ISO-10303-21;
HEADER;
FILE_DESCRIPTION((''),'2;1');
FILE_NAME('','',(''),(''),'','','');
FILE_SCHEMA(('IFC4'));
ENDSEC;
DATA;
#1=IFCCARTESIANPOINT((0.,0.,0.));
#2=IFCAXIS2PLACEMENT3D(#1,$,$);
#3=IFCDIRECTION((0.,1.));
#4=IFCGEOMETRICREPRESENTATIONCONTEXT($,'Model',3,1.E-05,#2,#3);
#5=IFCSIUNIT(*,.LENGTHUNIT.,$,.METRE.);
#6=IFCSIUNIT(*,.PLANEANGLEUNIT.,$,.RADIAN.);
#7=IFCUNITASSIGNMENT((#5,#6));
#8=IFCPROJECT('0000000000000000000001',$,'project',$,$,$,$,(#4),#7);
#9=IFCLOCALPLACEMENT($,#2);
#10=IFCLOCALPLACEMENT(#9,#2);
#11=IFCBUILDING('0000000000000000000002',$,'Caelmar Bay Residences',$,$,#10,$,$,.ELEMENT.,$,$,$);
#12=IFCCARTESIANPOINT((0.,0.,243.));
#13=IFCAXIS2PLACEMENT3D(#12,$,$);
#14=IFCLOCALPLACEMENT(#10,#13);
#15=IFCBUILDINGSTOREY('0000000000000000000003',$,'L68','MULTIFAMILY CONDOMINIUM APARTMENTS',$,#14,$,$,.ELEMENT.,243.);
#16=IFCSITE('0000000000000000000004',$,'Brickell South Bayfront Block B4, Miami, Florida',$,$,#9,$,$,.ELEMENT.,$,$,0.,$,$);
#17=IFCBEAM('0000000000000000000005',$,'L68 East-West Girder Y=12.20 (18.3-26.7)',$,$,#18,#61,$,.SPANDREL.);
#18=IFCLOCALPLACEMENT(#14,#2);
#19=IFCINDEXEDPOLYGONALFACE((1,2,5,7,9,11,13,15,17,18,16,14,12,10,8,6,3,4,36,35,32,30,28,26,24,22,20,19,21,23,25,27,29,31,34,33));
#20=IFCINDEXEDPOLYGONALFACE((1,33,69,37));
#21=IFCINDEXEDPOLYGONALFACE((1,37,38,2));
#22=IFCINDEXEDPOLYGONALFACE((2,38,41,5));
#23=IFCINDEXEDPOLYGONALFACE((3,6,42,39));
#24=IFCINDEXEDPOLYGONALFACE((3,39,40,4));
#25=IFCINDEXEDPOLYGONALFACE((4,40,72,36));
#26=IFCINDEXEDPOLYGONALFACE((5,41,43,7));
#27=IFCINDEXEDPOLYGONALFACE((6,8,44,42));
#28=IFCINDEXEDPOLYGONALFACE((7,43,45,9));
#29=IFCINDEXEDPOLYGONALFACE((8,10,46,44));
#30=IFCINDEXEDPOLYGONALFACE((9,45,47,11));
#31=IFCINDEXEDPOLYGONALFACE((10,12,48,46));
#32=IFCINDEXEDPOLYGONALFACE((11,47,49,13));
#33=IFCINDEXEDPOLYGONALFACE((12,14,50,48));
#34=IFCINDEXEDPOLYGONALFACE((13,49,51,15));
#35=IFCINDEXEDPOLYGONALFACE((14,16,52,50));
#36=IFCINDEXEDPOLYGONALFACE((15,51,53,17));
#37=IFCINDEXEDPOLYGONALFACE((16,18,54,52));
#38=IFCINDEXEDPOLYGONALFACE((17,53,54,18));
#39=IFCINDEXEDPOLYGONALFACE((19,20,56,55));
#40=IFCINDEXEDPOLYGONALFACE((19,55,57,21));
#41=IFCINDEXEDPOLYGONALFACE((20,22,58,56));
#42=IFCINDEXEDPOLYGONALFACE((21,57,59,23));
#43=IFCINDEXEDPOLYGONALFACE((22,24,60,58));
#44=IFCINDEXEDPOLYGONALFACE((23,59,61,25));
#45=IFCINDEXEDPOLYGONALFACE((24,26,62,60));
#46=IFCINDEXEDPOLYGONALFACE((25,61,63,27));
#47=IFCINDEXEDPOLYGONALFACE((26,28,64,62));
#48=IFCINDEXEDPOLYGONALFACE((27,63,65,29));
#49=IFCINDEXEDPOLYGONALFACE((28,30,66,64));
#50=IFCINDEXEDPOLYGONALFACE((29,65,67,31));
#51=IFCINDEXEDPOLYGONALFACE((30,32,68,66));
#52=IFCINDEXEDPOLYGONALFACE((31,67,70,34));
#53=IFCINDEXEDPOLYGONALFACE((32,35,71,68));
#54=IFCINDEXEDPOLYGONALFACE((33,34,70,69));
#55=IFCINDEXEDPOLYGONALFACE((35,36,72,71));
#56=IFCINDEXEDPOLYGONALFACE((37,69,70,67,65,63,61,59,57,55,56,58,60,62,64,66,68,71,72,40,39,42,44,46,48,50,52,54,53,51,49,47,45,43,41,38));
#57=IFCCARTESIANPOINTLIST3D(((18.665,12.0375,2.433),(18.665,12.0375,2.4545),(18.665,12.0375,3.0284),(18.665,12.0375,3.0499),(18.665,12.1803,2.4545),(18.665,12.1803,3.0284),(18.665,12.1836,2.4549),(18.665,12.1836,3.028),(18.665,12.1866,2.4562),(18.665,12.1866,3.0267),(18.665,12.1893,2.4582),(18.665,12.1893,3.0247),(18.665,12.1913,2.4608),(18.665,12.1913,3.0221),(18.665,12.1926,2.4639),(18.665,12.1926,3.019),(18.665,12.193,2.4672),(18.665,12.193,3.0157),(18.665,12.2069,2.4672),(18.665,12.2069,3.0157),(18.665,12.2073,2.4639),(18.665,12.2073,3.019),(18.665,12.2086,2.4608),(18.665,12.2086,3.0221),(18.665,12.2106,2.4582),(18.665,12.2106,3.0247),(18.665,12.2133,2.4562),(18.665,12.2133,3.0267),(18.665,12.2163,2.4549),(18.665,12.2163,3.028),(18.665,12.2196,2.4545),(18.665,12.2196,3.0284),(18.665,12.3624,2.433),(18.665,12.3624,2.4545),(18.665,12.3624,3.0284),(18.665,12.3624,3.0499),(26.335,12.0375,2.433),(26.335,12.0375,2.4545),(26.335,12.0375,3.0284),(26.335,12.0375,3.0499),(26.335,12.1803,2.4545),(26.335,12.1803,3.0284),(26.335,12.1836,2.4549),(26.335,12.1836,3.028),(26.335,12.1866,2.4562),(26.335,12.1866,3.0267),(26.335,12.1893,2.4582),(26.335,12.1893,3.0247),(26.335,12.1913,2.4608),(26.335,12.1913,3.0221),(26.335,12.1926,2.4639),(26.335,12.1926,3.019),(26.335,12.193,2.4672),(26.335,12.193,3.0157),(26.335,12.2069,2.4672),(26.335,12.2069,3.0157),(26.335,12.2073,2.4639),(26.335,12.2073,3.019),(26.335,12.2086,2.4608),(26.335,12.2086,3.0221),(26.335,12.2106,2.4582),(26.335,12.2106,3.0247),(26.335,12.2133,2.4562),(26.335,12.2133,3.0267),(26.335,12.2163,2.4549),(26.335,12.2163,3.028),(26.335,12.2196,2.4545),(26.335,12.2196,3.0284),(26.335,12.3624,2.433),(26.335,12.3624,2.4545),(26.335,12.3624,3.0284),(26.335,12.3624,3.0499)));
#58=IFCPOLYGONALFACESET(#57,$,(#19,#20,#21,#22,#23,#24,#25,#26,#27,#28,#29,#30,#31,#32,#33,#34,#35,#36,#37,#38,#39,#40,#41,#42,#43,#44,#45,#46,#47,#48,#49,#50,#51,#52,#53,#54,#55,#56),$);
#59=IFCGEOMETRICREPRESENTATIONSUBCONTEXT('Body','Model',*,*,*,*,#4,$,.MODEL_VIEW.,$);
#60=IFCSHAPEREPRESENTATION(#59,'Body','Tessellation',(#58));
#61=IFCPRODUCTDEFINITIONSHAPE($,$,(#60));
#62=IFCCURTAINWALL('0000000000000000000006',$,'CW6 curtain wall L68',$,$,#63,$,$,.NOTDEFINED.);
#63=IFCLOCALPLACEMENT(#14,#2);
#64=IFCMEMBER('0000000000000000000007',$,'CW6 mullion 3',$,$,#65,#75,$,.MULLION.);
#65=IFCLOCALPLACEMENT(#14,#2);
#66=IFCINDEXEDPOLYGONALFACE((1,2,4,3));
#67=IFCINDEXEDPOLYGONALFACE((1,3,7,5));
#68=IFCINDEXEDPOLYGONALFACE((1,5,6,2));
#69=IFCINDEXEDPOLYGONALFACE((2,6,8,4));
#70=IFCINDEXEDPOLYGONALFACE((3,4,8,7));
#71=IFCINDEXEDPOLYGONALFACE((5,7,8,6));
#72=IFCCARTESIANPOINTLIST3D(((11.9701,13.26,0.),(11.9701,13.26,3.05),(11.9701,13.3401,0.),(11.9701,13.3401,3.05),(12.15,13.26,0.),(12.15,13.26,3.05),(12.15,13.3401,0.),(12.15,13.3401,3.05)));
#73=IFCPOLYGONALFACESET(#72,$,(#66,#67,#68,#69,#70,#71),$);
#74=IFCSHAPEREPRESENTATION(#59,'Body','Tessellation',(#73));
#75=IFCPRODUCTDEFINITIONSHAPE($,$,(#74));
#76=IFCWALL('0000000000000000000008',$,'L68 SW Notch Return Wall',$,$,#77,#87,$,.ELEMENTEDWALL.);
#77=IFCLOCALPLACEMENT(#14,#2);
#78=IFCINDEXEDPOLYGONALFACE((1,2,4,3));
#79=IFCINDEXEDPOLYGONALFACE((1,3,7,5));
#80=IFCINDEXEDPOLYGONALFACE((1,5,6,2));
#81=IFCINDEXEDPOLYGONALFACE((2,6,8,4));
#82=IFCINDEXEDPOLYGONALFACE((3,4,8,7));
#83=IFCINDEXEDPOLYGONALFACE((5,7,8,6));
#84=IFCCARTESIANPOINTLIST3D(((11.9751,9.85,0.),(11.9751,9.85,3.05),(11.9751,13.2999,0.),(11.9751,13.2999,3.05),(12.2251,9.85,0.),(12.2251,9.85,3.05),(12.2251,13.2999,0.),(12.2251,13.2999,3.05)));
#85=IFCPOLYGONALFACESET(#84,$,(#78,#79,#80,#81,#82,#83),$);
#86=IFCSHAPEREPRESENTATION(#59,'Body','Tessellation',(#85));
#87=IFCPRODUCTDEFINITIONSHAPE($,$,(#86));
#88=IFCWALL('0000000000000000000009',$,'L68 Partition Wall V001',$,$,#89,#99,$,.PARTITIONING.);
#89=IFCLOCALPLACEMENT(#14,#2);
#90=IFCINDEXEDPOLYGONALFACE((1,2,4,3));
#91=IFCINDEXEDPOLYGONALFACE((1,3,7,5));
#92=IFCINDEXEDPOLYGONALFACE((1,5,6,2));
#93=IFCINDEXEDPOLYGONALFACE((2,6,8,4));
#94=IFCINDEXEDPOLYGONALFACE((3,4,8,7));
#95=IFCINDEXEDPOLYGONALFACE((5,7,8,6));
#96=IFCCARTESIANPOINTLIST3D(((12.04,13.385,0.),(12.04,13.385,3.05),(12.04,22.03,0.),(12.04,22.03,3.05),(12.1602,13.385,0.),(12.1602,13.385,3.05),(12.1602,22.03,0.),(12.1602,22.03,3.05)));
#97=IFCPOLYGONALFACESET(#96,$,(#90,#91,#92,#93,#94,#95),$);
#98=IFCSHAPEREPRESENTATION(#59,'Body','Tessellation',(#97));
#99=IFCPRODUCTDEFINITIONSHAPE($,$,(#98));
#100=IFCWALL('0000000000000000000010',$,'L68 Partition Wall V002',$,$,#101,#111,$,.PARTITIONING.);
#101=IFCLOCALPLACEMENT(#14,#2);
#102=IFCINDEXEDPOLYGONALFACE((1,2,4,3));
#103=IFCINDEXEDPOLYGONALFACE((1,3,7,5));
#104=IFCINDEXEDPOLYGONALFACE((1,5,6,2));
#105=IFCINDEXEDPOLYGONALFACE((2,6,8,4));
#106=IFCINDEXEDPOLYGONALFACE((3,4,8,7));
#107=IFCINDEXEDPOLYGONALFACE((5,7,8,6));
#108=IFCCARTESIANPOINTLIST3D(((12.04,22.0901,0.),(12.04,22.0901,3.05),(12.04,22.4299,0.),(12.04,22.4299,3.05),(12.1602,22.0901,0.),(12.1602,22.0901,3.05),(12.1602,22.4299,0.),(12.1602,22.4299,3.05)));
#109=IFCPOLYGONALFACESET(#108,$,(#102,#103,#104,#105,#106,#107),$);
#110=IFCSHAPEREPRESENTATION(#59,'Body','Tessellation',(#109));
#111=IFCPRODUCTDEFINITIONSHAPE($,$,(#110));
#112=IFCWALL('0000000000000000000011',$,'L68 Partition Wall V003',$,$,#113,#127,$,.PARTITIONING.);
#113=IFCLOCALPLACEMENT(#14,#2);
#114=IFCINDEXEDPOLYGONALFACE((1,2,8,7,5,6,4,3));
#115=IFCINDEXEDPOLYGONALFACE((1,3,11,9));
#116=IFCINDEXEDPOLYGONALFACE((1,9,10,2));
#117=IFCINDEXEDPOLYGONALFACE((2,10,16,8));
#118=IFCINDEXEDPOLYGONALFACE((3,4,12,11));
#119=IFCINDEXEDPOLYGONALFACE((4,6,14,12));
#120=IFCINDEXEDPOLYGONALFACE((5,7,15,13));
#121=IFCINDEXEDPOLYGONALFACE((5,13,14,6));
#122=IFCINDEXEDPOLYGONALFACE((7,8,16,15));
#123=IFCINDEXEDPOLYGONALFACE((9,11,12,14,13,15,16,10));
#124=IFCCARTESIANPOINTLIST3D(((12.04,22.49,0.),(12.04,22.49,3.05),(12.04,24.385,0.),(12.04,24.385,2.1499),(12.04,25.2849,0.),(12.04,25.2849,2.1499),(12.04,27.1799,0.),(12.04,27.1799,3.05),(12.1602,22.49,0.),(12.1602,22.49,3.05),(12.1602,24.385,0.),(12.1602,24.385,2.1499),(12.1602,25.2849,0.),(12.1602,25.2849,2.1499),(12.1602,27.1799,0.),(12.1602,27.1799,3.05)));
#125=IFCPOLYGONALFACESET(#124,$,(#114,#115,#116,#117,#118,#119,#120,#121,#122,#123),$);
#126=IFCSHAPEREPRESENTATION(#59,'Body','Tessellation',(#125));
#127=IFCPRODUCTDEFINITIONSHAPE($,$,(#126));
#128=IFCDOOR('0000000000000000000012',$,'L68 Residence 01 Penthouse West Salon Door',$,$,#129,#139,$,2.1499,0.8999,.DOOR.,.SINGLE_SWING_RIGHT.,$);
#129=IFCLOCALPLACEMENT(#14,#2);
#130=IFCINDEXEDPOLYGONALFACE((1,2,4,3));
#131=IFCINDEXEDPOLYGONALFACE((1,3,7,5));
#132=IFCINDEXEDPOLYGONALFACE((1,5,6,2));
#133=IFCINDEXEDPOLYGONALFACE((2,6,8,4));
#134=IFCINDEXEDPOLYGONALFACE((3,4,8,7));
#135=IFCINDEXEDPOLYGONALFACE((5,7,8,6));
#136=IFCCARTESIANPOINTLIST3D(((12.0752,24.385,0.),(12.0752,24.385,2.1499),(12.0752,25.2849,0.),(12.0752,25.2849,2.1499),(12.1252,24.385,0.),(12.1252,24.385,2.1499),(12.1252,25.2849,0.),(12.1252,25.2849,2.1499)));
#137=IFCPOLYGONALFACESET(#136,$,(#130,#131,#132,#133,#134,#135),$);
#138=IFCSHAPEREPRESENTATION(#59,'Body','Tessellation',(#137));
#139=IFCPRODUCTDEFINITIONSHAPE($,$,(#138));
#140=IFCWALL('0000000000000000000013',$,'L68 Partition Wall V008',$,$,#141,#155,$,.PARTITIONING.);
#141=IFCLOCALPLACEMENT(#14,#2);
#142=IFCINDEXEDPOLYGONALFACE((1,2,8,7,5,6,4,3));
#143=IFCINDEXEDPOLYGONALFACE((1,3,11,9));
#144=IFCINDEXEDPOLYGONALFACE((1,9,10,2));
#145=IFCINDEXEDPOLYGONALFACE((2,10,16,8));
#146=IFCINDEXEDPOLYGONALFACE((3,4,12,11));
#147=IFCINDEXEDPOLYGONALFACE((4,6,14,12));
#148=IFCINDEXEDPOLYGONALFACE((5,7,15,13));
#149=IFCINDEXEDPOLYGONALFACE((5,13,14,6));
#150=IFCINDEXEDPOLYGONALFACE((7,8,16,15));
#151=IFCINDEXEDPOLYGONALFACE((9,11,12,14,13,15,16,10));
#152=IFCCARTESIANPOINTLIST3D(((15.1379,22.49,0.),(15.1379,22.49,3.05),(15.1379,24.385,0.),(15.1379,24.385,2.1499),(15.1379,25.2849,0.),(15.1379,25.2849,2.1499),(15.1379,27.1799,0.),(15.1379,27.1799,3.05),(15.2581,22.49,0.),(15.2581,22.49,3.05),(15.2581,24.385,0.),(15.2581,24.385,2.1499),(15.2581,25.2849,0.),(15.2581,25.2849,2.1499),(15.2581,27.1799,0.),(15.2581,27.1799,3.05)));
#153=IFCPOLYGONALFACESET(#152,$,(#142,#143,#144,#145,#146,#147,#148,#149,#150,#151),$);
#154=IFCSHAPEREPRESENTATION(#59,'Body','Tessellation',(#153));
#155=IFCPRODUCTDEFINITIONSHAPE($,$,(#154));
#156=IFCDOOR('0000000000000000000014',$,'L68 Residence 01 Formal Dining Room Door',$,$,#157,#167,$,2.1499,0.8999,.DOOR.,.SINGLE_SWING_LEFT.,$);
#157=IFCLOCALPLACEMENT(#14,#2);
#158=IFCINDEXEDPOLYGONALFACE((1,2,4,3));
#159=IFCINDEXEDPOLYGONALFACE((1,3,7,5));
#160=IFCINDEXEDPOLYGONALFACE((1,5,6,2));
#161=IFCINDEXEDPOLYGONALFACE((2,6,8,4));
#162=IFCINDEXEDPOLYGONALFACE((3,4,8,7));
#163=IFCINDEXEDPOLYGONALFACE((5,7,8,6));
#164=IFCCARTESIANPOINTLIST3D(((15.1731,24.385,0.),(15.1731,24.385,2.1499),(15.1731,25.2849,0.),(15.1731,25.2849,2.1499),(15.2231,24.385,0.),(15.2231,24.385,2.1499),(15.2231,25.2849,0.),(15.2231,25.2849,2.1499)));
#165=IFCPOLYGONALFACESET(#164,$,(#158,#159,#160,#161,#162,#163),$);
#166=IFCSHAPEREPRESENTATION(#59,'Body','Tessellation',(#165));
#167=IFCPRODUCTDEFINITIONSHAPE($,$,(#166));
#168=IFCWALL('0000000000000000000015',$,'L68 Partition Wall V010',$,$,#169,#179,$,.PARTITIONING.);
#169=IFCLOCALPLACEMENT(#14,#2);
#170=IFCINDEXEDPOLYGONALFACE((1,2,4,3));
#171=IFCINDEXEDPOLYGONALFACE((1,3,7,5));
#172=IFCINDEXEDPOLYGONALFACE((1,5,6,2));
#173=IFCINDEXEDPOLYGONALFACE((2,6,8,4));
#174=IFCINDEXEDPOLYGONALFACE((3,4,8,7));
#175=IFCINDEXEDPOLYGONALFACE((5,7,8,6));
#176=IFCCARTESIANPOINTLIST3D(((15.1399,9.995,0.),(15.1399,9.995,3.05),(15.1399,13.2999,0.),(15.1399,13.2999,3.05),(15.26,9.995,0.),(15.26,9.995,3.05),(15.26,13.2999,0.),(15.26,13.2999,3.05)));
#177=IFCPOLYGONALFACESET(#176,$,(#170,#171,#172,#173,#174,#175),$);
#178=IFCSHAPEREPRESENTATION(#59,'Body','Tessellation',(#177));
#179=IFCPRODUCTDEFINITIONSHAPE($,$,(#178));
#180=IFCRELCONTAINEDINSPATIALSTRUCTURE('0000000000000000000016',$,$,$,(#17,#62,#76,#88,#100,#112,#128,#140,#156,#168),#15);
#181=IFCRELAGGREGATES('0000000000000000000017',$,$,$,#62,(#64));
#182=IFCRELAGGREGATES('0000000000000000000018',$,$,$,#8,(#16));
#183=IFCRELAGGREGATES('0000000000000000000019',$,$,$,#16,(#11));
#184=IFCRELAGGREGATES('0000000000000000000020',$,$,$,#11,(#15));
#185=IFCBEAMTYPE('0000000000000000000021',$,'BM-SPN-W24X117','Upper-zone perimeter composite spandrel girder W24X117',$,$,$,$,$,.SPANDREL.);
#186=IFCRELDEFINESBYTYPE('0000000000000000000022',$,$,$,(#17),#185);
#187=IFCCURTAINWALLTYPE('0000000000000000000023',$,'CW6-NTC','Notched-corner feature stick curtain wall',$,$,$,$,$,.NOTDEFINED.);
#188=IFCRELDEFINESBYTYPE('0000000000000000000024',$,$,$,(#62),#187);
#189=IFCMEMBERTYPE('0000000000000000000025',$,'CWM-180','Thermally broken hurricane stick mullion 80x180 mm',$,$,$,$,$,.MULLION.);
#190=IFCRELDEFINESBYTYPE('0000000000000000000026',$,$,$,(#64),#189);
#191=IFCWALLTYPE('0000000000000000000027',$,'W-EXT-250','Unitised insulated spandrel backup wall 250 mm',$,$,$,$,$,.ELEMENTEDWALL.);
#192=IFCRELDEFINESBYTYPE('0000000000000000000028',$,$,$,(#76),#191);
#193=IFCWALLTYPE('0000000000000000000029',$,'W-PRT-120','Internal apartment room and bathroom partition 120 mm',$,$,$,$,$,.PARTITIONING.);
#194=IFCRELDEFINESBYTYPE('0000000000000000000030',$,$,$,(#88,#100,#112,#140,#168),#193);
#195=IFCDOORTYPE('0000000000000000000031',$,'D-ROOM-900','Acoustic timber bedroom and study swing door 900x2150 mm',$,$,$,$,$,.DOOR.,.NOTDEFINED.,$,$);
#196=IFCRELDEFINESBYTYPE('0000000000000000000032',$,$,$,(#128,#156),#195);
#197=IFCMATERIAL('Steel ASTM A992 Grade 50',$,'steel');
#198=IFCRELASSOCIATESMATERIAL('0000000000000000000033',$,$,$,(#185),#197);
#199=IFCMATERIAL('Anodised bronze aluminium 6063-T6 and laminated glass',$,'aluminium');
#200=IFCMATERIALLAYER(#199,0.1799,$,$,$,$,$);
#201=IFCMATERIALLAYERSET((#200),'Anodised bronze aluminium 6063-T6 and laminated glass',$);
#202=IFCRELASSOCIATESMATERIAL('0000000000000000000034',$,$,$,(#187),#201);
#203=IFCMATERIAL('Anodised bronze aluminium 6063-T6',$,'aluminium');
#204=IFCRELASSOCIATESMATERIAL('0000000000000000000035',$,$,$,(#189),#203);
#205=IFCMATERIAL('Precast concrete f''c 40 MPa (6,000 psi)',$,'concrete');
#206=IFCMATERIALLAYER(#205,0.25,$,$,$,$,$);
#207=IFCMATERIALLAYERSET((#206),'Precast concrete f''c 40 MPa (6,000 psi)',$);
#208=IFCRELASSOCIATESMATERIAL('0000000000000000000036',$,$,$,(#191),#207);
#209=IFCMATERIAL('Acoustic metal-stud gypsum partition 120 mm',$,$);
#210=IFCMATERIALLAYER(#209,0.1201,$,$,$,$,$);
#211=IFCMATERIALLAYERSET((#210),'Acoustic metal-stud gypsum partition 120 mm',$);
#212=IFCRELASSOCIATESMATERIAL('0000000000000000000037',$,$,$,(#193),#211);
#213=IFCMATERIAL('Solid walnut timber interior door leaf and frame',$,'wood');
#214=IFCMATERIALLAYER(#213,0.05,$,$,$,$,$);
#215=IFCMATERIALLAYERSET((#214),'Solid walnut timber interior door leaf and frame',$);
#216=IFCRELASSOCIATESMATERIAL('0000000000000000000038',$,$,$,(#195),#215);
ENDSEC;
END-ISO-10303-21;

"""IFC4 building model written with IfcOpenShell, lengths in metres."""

from ifc_helpers import new_model, si_unit, direction, frame, frame_2d, origin, origin_2d, place, context, subcontext, project, spatial, rectangle, i_section, extrude, material, layer, layer_set, material_profile, profile_set, type_object, element, fill, aggregate, save


model = new_model("IFC4")

# Units and contexts
model_context = context("Model", 3, precision=1e-05, world=origin(), true_north=direction((0.0, 1.0)))
body_context = subcontext(model_context, "Body", "Model", "MODEL_VIEW")
ifc_project = project(units=[si_unit("LENGTHUNIT", "METRE"), si_unit("PLANEANGLEUNIT", "RADIAN")], contexts=[model_context])

# Site, building, storey
site_placement = place(None, origin())
site = spatial("IfcSite", under=ifc_project, at=site_placement, Name="Brickell South Bayfront Block B4, Miami, Florida", CompositionType="ELEMENT", RefElevation=0.0)
building_placement = place(site_placement, origin())
building = spatial("IfcBuilding", under=site, at=building_placement, Name="Caelmar Bay Residences", CompositionType="ELEMENT")
storey_placement = place(building_placement, frame((0.0, 0.0, 243.0)))
storey = spatial("IfcBuildingStorey", under=building, at=storey_placement, Name="L68", Description="MULTIFAMILY CONDOMINIUM APARTMENTS", CompositionType="ELEMENT", Elevation=243.0)

# Beam
ifc_material_1 = material(Name="Steel ASTM A992 Grade 50", Category="steel")
ifc_material_profile_1 = material_profile(ifc_material_1, i_section(OverallWidth=0.325, OverallDepth=0.6169, WebThickness=0.0139, FlangeThickness=0.0215, FilletRadius=0.0127, at=origin_2d()), Name="W24X117")
ifc_profile_set_1 = profile_set([ifc_material_profile_1], Name="Steel ASTM A992 Grade 50")
beam_type_1 = type_object("IfcBeamType", Name="BM-SPN-W24X117", Description="Upper-zone perimeter composite spandrel girder W24X117", PredefinedType="SPANDREL", material=ifc_profile_set_1)
beam_1_placement = place(storey_placement, frame((18.665, 12.2, 2.7415), z_axis=(1.0, 0.0, 0.0), x_axis=(0.0, 1.0, 0.0)))
element("IfcBeam", 1, at=beam_1_placement, inside=storey, type_object=beam_type_1, Name="L68 East-West Girder Y=12.20 (18.3-26.7)", PredefinedType="SPANDREL", context=body_context, shape_type="SweptSolid", body=[
    extrude(i_section(OverallWidth=0.325, OverallDepth=0.6169, WebThickness=0.0139, FlangeThickness=0.0215, FilletRadius=0.0127, at=origin_2d()), origin(), (0.0, 0.0, 1.0), 7.6699),
])

# Curtain wall, member
ifc_material_2 = material(Name="Anodised bronze aluminium 6063-T6 and laminated glass", Category="aluminium")
ifc_layer_1 = layer(ifc_material_2, 0.1799)
ifc_layer_set_1 = layer_set([ifc_layer_1], Name="Anodised bronze aluminium 6063-T6 and laminated glass")
curtain_wall_type = type_object("IfcCurtainWallType", Name="CW6-NTC", Description="Notched-corner feature stick curtain wall", PredefinedType="NOTDEFINED", material=ifc_layer_set_1)
curtain_wall_placement = place(storey_placement, origin())
curtain_wall = element("IfcCurtainWall", 2, at=curtain_wall_placement, inside=storey, type_object=curtain_wall_type, Name="CW6 curtain wall L68", PredefinedType="NOTDEFINED")
ifc_material_3 = material(Name="Anodised bronze aluminium 6063-T6", Category="aluminium")
ifc_material_profile_2 = material_profile(ifc_material_3, rectangle(XDim=0.0801, YDim=0.1799, at=origin_2d()), Name="CWM-80X180")
ifc_profile_set_2 = profile_set([ifc_material_profile_2], Name="Anodised bronze aluminium 6063-T6")
member_type = type_object("IfcMemberType", Name="CWM-180", Description="Thermally broken hurricane stick mullion 80x180 mm", PredefinedType="MULLION", material=ifc_profile_set_2)
member_placement = place(storey_placement, frame((12.0601, 13.3, 0.0), z_axis=(0.0, 0.0, 1.0), x_axis=(0.0, 1.0, 0.0)))
member = element("IfcMember", 3, at=member_placement, type_object=member_type, Name="CW6 mullion 3", PredefinedType="MULLION", context=body_context, shape_type="SweptSolid", body=[
    extrude(rectangle(XDim=0.0801, YDim=0.1799, at=origin_2d()), origin(), (0.0, 0.0, 1.0), 3.05),
])
aggregate(curtain_wall, [member])

# Walls
ifc_material_4 = material(Name="Precast concrete f'c 40 MPa (6,000 psi)", Category="concrete")
ifc_layer_2 = layer(ifc_material_4, 0.25)
ifc_layer_set_2 = layer_set([ifc_layer_2], Name="Precast concrete f'c 40 MPa (6,000 psi)")
wall_type_1 = type_object("IfcWallType", Name="W-EXT-250", Description="Unitised insulated spandrel backup wall 250 mm", PredefinedType="ELEMENTEDWALL", material=ifc_layer_set_2)
wall_1_placement = place(storey_placement, frame((12.1001, 13.3, 0.0), z_axis=(0.0, 0.0, 1.0), x_axis=(0.0, -1.0, 0.0)))
element("IfcWall", 4, at=wall_1_placement, inside=storey, type_object=wall_type_1, Name="L68 SW Notch Return Wall", PredefinedType="ELEMENTEDWALL", context=body_context, shape_type="SweptSolid", body=[
    extrude(rectangle(XDim=3.45, YDim=0.25, at=frame_2d((1.7251, 0.0))), origin(), (0.0, 0.0, 1.0), 3.05),
])
ifc_material_5 = material(Name="Acoustic metal-stud gypsum partition 120 mm")
ifc_layer_3 = layer(ifc_material_5, 0.1201)
ifc_layer_set_3 = layer_set([ifc_layer_3], Name="Acoustic metal-stud gypsum partition 120 mm")
wall_type_2 = type_object("IfcWallType", Name="W-PRT-120", Description="Internal apartment room and bathroom partition 120 mm", PredefinedType="PARTITIONING", material=ifc_layer_set_3)
wall_2_placement = place(storey_placement, frame((12.1001, 13.385, 0.0), z_axis=(0.0, 0.0, 1.0), x_axis=(0.0, 1.0, 0.0)))
element("IfcWall", 5, at=wall_2_placement, inside=storey, type_object=wall_type_2, Name="L68 Partition Wall V001", PredefinedType="PARTITIONING", context=body_context, shape_type="SweptSolid", body=[
    extrude(rectangle(XDim=8.645, YDim=0.1201, at=frame_2d((4.3225, 0.0))), origin(), (0.0, 0.0, 1.0), 3.05),
])
wall_3_placement = place(storey_placement, frame((12.1001, 22.0901, 0.0), z_axis=(0.0, 0.0, 1.0), x_axis=(0.0, 1.0, 0.0)))
element("IfcWall", 6, at=wall_3_placement, inside=storey, type_object=wall_type_2, Name="L68 Partition Wall V002", PredefinedType="PARTITIONING", context=body_context, shape_type="SweptSolid", body=[
    extrude(rectangle(XDim=0.3398, YDim=0.1201, at=frame_2d((0.1699, 0.0))), origin(), (0.0, 0.0, 1.0), 3.05),
])

# Walls, openings, doors
wall_4_placement = place(storey_placement, frame((12.1001, 22.49, 0.0), z_axis=(0.0, 0.0, 1.0), x_axis=(0.0, 1.0, 0.0)))
wall_4 = element("IfcWall", 7, at=wall_4_placement, inside=storey, type_object=wall_type_2, Name="L68 Partition Wall V003", PredefinedType="PARTITIONING", context=body_context, shape_type="SweptSolid", body=[
    extrude(rectangle(XDim=4.6899, YDim=0.1201, at=frame_2d((2.345, 0.0))), origin(), (0.0, 0.0, 1.0), 3.05),
])
opening_1_placement = place(wall_4_placement, frame((1.895, 0.0, 0.0)))
opening_1 = element("IfcOpeningElement", 8, at=opening_1_placement, cuts=wall_4, PredefinedType="OPENING", context=body_context, shape_type="SweptSolid", body=[
    extrude(rectangle(XDim=0.8999, YDim=2.1499, at=frame_2d((0.45, 1.075))), frame((0.0, 0.0701, 0.0), z_axis=(0.0, -1.0, 0.0), x_axis=(1.0, 0.0, 0.0)), (0.0, 0.0, 1.0), 0.1401),
])
ifc_material_6 = material(Name="Solid walnut timber interior door leaf and frame", Category="wood")
ifc_layer_4 = layer(ifc_material_6, 0.05)
ifc_layer_set_4 = layer_set([ifc_layer_4], Name="Solid walnut timber interior door leaf and frame")
door_type = type_object("IfcDoorType", Name="D-ROOM-900", Description="Acoustic timber bedroom and study swing door 900x2150 mm", OperationType="NOTDEFINED", PredefinedType="DOOR", material=ifc_layer_set_4)
door_1_placement = place(opening_1_placement, origin())
door_1 = element("IfcDoor", 9, at=door_1_placement, inside=storey, type_object=door_type, Name="L68 Residence 01 Penthouse West Salon Door", OperationType="SINGLE_SWING_RIGHT", OverallHeight=2.1499, OverallWidth=0.8999, PredefinedType="DOOR", context=body_context, shape_type="SweptSolid", body=[
    extrude(rectangle(XDim=0.8999, YDim=2.1499, at=frame_2d((0.45, 1.075))), frame((0.0, 0.0249, 0.0), z_axis=(0.0, -1.0, 0.0), x_axis=(1.0, 0.0, 0.0)), (0.0, 0.0, 1.0), 0.05),
])
fill(opening_1, door_1)
wall_5_placement = place(storey_placement, frame((15.198, 22.49, 0.0), z_axis=(0.0, 0.0, 1.0), x_axis=(0.0, 1.0, 0.0)))
wall_5 = element("IfcWall", 10, at=wall_5_placement, inside=storey, type_object=wall_type_2, Name="L68 Partition Wall V008", PredefinedType="PARTITIONING", context=body_context, shape_type="SweptSolid", body=[
    extrude(rectangle(XDim=4.6899, YDim=0.1201, at=frame_2d((2.345, 0.0))), origin(), (0.0, 0.0, 1.0), 3.05),
])
opening_2_placement = place(wall_5_placement, frame((1.895, 0.0, 0.0)))
opening_2 = element("IfcOpeningElement", 11, at=opening_2_placement, cuts=wall_5, PredefinedType="OPENING", context=body_context, shape_type="SweptSolid", body=[
    extrude(rectangle(XDim=0.8999, YDim=2.1499, at=frame_2d((0.45, 1.075))), frame((0.0, 0.0701, 0.0), z_axis=(0.0, -1.0, 0.0), x_axis=(1.0, 0.0, 0.0)), (0.0, 0.0, 1.0), 0.1401),
])
door_2_placement = place(opening_2_placement, origin())
door_2 = element("IfcDoor", 12, at=door_2_placement, inside=storey, type_object=door_type, Name="L68 Residence 01 Formal Dining Room Door", OperationType="SINGLE_SWING_LEFT", OverallHeight=2.1499, OverallWidth=0.8999, PredefinedType="DOOR", context=body_context, shape_type="SweptSolid", body=[
    extrude(rectangle(XDim=0.8999, YDim=2.1499, at=frame_2d((0.45, 1.075))), frame((0.0, 0.0249, 0.0), z_axis=(0.0, -1.0, 0.0), x_axis=(1.0, 0.0, 0.0)), (0.0, 0.0, 1.0), 0.05),
])
fill(opening_2, door_2)

# Wall
wall_6_placement = place(storey_placement, frame((15.2, 9.9951, 0.0), z_axis=(0.0, 0.0, 1.0), x_axis=(0.0, 1.0, 0.0)))
element("IfcWall", 13, at=wall_6_placement, inside=storey, type_object=wall_type_2, Name="L68 Partition Wall V010", PredefinedType="PARTITIONING", context=body_context, shape_type="SweptSolid", body=[
    extrude(rectangle(XDim=3.3049, YDim=0.1201, at=frame_2d((1.6523, 0.0))), origin(), (0.0, 0.0, 1.0), 3.05),
])

save(model, "model.ifc")
